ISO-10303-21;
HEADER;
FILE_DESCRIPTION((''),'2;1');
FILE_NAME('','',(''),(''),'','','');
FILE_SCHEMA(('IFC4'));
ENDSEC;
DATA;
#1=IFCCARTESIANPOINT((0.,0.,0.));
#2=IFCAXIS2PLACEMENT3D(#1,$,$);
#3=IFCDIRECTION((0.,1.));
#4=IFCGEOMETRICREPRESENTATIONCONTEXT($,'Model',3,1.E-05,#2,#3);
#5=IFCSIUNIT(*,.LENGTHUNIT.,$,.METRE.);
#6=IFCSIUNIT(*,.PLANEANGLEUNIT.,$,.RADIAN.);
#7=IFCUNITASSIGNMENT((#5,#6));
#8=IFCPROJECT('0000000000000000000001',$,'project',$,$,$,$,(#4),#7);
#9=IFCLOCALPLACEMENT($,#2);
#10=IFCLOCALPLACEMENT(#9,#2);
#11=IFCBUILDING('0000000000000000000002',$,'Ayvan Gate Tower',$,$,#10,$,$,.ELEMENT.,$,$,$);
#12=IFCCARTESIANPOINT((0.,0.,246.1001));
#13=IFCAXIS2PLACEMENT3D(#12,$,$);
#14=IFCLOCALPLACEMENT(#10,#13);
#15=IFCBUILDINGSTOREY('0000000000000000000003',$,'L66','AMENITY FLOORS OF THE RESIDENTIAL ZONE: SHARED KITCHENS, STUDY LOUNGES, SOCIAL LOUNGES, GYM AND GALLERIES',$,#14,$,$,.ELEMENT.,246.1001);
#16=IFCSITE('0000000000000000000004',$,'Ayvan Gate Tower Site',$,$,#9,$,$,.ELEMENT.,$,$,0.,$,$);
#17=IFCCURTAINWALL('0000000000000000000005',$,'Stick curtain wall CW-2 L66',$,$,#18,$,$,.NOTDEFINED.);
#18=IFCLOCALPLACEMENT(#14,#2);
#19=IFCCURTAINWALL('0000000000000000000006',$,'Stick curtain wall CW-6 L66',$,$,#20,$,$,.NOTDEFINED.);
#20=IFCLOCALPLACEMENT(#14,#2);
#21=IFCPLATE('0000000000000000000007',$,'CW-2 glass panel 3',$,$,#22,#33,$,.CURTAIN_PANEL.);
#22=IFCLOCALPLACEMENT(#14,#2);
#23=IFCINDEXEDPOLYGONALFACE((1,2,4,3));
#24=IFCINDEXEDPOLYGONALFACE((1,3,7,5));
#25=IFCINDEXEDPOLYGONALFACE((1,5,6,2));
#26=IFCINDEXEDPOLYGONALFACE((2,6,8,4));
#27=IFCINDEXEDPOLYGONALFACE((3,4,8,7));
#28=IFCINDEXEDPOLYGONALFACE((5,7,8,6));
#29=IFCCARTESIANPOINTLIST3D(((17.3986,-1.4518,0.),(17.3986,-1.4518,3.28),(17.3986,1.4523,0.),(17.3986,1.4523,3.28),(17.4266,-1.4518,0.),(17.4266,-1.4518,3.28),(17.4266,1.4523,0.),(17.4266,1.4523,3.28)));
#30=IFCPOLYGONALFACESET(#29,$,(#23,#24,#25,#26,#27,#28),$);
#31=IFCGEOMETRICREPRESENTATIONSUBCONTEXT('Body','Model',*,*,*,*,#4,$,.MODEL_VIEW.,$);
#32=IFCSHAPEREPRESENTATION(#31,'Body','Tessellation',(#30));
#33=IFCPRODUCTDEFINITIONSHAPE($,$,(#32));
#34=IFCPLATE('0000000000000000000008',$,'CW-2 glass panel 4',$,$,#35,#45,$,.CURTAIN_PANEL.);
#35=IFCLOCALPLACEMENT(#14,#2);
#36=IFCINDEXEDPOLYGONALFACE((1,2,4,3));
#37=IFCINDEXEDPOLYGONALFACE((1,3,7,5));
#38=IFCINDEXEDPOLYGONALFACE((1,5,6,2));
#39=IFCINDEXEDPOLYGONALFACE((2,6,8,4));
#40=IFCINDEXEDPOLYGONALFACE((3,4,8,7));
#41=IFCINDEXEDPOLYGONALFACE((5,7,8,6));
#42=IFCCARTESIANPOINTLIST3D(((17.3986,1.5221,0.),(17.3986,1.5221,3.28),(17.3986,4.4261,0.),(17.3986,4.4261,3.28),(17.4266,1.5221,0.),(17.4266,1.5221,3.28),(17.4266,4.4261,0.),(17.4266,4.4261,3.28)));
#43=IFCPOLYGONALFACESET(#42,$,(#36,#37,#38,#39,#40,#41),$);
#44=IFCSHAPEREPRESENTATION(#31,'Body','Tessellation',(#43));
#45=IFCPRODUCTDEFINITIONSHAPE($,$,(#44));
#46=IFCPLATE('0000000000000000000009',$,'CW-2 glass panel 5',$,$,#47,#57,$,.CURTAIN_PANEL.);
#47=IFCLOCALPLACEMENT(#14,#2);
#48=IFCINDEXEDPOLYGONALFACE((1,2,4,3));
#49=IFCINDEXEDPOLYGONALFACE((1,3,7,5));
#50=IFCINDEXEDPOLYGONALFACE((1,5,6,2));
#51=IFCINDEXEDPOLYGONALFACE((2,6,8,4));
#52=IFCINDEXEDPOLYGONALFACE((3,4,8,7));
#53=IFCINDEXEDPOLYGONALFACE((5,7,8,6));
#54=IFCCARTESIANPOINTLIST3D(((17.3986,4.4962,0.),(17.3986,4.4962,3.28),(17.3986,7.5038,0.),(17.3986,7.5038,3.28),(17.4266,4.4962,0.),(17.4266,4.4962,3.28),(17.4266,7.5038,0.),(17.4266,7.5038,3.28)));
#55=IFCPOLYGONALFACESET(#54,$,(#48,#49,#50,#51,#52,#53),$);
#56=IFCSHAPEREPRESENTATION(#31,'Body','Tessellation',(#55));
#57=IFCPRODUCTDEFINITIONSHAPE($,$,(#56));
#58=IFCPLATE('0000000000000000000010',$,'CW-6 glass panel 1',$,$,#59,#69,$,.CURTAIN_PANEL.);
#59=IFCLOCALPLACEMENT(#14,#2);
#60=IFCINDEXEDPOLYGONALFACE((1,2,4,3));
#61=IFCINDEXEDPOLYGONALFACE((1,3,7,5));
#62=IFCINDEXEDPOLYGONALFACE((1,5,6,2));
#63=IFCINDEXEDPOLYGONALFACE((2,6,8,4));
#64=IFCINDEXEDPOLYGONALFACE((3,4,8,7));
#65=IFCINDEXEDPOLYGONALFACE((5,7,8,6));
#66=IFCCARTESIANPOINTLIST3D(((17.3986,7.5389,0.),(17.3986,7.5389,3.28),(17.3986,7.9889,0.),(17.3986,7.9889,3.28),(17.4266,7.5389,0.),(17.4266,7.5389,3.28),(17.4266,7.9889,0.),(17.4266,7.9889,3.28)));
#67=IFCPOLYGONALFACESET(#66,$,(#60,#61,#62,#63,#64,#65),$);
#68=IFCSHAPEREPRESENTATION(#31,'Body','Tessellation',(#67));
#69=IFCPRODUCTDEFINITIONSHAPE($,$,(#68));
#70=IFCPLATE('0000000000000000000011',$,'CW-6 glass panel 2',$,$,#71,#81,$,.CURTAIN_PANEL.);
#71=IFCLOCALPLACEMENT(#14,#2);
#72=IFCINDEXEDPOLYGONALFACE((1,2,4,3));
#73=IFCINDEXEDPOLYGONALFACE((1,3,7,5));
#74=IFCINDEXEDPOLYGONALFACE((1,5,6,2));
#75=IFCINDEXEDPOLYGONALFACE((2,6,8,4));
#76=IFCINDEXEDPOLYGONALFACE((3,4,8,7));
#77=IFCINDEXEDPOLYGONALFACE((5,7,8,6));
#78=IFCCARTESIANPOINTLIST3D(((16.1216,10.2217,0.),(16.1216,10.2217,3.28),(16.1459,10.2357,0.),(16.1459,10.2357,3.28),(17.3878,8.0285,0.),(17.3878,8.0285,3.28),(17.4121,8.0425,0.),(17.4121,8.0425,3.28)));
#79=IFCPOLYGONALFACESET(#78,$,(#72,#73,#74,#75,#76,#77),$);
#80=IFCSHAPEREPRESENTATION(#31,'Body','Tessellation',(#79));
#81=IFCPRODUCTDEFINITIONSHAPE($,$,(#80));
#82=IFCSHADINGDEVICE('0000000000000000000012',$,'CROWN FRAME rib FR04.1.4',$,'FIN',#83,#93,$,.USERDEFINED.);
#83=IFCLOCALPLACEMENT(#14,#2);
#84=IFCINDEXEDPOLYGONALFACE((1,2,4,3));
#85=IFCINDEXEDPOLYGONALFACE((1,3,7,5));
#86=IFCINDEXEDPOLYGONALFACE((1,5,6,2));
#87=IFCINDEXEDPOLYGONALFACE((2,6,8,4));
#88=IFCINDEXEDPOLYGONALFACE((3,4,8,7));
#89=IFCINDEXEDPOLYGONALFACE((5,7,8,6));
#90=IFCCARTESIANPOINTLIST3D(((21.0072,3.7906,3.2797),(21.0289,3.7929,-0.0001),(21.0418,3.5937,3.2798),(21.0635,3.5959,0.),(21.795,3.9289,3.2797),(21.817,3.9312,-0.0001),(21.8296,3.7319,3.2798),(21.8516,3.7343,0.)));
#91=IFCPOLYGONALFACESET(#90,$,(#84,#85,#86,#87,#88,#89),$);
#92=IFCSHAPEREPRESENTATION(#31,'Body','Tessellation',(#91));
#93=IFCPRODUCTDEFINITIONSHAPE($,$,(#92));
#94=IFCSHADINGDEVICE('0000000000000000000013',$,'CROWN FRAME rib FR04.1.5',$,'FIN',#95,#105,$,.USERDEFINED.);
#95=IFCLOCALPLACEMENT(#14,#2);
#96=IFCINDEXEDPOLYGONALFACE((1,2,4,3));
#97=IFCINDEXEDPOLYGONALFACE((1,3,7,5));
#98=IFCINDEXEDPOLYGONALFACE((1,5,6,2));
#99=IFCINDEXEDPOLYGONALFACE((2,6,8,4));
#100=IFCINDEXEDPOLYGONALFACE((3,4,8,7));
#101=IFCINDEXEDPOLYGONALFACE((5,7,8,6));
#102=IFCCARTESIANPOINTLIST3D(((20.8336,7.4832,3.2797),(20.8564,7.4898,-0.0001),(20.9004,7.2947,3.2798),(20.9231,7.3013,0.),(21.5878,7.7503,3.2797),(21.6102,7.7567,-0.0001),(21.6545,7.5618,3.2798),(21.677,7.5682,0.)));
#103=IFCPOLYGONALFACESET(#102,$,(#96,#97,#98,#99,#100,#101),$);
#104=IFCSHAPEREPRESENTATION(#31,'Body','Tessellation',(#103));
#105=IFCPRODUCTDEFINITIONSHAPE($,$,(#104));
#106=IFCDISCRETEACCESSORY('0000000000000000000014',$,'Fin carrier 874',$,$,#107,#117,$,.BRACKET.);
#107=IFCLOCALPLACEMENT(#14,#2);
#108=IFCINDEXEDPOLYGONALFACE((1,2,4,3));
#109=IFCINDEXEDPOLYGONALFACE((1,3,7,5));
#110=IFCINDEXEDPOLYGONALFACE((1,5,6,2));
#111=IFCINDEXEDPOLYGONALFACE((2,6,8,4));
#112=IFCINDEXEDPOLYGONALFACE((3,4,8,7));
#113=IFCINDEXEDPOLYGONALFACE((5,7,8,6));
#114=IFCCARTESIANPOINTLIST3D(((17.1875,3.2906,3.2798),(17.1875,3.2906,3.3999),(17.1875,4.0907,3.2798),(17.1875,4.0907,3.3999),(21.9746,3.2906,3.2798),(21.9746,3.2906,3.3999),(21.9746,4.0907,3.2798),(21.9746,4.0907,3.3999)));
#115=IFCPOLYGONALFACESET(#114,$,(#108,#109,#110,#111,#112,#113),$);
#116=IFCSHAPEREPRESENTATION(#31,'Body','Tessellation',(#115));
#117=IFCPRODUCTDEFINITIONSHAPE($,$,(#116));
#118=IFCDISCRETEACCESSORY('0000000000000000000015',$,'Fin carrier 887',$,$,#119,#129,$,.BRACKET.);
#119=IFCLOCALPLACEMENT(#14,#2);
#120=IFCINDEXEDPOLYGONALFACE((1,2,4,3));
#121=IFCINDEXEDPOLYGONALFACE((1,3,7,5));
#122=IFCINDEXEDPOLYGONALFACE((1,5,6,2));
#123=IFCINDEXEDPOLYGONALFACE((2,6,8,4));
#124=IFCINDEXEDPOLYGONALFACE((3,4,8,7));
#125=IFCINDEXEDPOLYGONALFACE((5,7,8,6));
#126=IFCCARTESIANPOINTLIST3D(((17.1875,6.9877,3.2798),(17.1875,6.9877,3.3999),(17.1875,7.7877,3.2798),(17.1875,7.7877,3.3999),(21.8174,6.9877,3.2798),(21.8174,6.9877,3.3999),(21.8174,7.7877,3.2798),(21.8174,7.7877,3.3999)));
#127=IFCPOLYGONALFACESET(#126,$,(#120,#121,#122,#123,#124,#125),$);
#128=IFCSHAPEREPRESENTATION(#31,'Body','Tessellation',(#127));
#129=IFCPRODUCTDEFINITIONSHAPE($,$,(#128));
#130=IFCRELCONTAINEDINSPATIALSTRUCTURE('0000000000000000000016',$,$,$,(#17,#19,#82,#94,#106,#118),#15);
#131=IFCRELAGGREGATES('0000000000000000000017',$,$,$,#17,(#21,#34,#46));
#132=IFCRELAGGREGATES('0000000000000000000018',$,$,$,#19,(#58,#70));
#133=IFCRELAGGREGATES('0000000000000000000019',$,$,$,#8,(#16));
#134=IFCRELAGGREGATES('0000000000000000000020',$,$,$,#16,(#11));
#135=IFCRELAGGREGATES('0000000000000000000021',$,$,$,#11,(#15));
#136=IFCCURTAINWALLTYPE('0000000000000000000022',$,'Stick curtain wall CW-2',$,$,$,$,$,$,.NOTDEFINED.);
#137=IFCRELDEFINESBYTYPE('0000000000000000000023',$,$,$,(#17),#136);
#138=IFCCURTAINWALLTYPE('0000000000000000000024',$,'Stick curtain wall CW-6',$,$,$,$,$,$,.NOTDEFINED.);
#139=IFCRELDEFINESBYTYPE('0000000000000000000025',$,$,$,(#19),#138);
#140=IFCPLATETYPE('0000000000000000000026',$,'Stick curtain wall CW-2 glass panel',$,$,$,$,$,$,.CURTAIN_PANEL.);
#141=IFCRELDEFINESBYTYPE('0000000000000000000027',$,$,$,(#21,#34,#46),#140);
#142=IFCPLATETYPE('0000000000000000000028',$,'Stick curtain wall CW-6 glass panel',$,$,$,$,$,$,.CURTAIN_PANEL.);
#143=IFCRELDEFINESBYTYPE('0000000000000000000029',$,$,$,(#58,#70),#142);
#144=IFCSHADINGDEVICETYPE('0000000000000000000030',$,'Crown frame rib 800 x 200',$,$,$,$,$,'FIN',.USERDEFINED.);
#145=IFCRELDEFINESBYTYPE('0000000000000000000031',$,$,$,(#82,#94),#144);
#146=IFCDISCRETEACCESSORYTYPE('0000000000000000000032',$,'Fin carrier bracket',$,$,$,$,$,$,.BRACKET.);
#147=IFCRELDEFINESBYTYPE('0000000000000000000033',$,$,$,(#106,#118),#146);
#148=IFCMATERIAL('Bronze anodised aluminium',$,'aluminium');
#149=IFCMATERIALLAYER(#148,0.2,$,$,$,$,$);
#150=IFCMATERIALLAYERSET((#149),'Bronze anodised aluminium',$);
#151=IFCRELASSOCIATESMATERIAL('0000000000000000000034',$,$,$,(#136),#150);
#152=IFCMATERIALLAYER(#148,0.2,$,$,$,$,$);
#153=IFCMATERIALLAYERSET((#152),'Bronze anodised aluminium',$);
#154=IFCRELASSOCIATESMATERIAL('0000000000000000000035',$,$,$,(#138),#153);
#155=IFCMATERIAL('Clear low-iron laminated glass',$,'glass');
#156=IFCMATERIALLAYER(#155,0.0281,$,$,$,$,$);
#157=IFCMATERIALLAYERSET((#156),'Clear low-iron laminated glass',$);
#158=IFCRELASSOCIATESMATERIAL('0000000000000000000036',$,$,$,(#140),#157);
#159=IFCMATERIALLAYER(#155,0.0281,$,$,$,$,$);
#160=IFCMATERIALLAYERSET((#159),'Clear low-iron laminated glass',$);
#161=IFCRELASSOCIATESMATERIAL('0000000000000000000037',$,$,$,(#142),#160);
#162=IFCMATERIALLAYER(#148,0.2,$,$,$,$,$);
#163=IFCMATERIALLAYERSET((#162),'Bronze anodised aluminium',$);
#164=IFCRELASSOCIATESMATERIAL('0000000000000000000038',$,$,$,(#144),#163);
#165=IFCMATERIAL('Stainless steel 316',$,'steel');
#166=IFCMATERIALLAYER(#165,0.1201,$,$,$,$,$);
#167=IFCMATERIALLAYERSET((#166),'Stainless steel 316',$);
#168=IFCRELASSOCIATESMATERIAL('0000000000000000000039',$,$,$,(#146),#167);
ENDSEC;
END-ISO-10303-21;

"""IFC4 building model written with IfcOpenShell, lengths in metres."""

from ifc_helpers import new_model, si_unit, direction, frame, origin, origin_2d, place, context, subcontext, project, spatial, polyline, rectangle, outline, extrude, material, layer, layer_set, type_object, element, aggregate, save


model = new_model("IFC4")

# Units and contexts
model_context = context("Model", 3, precision=1e-05, world=origin(), true_north=direction((0.0, 1.0)))
body_context = subcontext(model_context, "Body", "Model", "MODEL_VIEW")
ifc_project = project(units=[si_unit("LENGTHUNIT", "METRE"), si_unit("PLANEANGLEUNIT", "RADIAN")], contexts=[model_context])

# Site, building, storey
site_placement = place(None, origin())
site = spatial("IfcSite", under=ifc_project, at=site_placement, Name="Ayvan Gate Tower Site", CompositionType="ELEMENT", RefElevation=0.0)
building_placement = place(site_placement, origin())
building = spatial("IfcBuilding", under=site, at=building_placement, Name="Ayvan Gate Tower", CompositionType="ELEMENT")
storey_placement = place(building_placement, frame((0.0, 0.0, 246.1001)))
storey = spatial("IfcBuildingStorey", under=building, at=storey_placement, Name="L66", Description="AMENITY FLOORS OF THE RESIDENTIAL ZONE: SHARED KITCHENS, STUDY LOUNGES, SOCIAL LOUNGES, GYM AND GALLERIES", CompositionType="ELEMENT", Elevation=246.1001)

# Curtain walls
ifc_material_1 = material(Name="Bronze anodised aluminium", Category="aluminium")
ifc_layer_1 = layer(ifc_material_1, 0.2)
ifc_layer_set_1 = layer_set([ifc_layer_1], Name="Bronze anodised aluminium")
curtain_wall_type_1 = type_object("IfcCurtainWallType", Name="Stick curtain wall CW-2", PredefinedType="NOTDEFINED", material=ifc_layer_set_1)
curtain_wall_1_placement = place(storey_placement, origin())
curtain_wall_1 = element("IfcCurtainWall", 1, at=curtain_wall_1_placement, inside=storey, type_object=curtain_wall_type_1, Name="Stick curtain wall CW-2 L66", PredefinedType="NOTDEFINED")
ifc_layer_2 = layer(ifc_material_1, 0.2)
ifc_layer_set_2 = layer_set([ifc_layer_2], Name="Bronze anodised aluminium")
curtain_wall_type_2 = type_object("IfcCurtainWallType", Name="Stick curtain wall CW-6", PredefinedType="NOTDEFINED", material=ifc_layer_set_2)
curtain_wall_2_placement = place(storey_placement, origin())
curtain_wall_2 = element("IfcCurtainWall", 2, at=curtain_wall_2_placement, inside=storey, type_object=curtain_wall_type_2, Name="Stick curtain wall CW-6 L66", PredefinedType="NOTDEFINED")

# Plates
ifc_material_2 = material(Name="Clear low-iron laminated glass", Category="glass")
ifc_layer_3 = layer(ifc_material_2, 0.0281)
ifc_layer_set_3 = layer_set([ifc_layer_3], Name="Clear low-iron laminated glass")
plate_type_1 = type_object("IfcPlateType", Name="Stick curtain wall CW-2 glass panel", PredefinedType="CURTAIN_PANEL", material=ifc_layer_set_3)
plate_1_placement = place(storey_placement, frame((17.4126, 0.0002, 0.0), z_axis=(0.0, 0.0, 1.0), x_axis=(0.0, 1.0, 0.0)))
plate_1 = element("IfcPlate", 3, at=plate_1_placement, type_object=plate_type_1, Name="CW-2 glass panel 3", PredefinedType="CURTAIN_PANEL", context=body_context, shape_type="SweptSolid", body=[
    extrude(rectangle(XDim=2.9041, YDim=0.0281, at=origin_2d()), origin(), (0.0, 0.0, 1.0), 3.28),
])
plate_2_placement = place(storey_placement, frame((17.4126, 2.9741, 0.0), z_axis=(0.0, 0.0, 1.0), x_axis=(0.0, 1.0, 0.0)))
plate_2 = element("IfcPlate", 4, at=plate_2_placement, type_object=plate_type_1, Name="CW-2 glass panel 4", PredefinedType="CURTAIN_PANEL", context=body_context, shape_type="SweptSolid", body=[
    extrude(rectangle(XDim=2.9041, YDim=0.0281, at=origin_2d()), origin(), (0.0, 0.0, 1.0), 3.28),
])
plate_3_placement = place(storey_placement, frame((17.4126, 6.0, 0.0), z_axis=(0.0, 0.0, 1.0), x_axis=(0.0, 1.0, 0.0)))
plate_3 = element("IfcPlate", 5, at=plate_3_placement, type_object=plate_type_1, Name="CW-2 glass panel 5", PredefinedType="CURTAIN_PANEL", context=body_context, shape_type="SweptSolid", body=[
    extrude(rectangle(XDim=3.0076, YDim=0.0281, at=origin_2d()), origin(), (0.0, 0.0, 1.0), 3.28),
])
aggregate(curtain_wall_1, [plate_1, plate_2, plate_3])
ifc_layer_4 = layer(ifc_material_2, 0.0281)
ifc_layer_set_4 = layer_set([ifc_layer_4], Name="Clear low-iron laminated glass")
plate_type_2 = type_object("IfcPlateType", Name="Stick curtain wall CW-6 glass panel", PredefinedType="CURTAIN_PANEL", material=ifc_layer_set_4)
plate_4_placement = place(storey_placement, frame((17.4126, 7.7639, 0.0), z_axis=(0.0, 0.0, 1.0), x_axis=(0.0, 1.0, 0.0)))
plate_4 = element("IfcPlate", 6, at=plate_4_placement, type_object=plate_type_2, Name="CW-6 glass panel 1", PredefinedType="CURTAIN_PANEL", context=body_context, shape_type="SweptSolid", body=[
    extrude(rectangle(XDim=0.45, YDim=0.0281, at=origin_2d()), origin(), (0.0, 0.0, 1.0), 3.28),
])
plate_5_placement = place(storey_placement, frame((16.7668, 9.1321, 0.0), z_axis=(0.0, 0.0, 1.0), x_axis=(-0.5, 0.866025, 0.0)))
plate_5 = element("IfcPlate", 7, at=plate_5_placement, type_object=plate_type_2, Name="CW-6 glass panel 2", PredefinedType="CURTAIN_PANEL", context=body_context, shape_type="SweptSolid", body=[
    extrude(rectangle(XDim=2.5325, YDim=0.0281, at=origin_2d()), origin(), (0.0, 0.0, 1.0), 3.28),
])
aggregate(curtain_wall_2, [plate_4, plate_5])

# Shading devices
ifc_layer_5 = layer(ifc_material_1, 0.2)
ifc_layer_set_5 = layer_set([ifc_layer_5], Name="Bronze anodised aluminium")
shading_device_type = type_object("IfcShadingDeviceType", Name="Crown frame rib 800 x 200", ElementType="FIN", PredefinedType="USERDEFINED", material=ifc_layer_set_5)
shading_device_1_placement = place(storey_placement, frame((21.0635, 3.5959, 0.0), z_axis=(0.17288, -0.984943, 0.000455), x_axis=(0.984943, 0.17288, 0.0)))
element("IfcShadingDevice", 8, at=shading_device_1_placement, inside=storey, type_object=shading_device_type, Name="CROWN FRAME rib FR04.1.4", ObjectType="FIN", PredefinedType="USERDEFINED", context=body_context, shape_type="SweptSolid", body=[
    extrude(outline(polyline([(0.0, 0.0), (0.8002, 0.0), (0.7781, 3.2798), (-0.0218, 3.2798), (0.0, 0.0)])), origin(), (0.0, 0.0, -1.0), 0.2),
])
shading_device_2_placement = place(storey_placement, frame((20.9231, 7.3013, 0.0), z_axis=(0.333754, -0.94266, 0.000439), x_axis=(0.94266, 0.333754, 0.0)))
element("IfcShadingDevice", 9, at=shading_device_2_placement, inside=storey, type_object=shading_device_type, Name="CROWN FRAME rib FR04.1.5", ObjectType="FIN", PredefinedType="USERDEFINED", context=body_context, shape_type="SweptSolid", body=[
    extrude(outline(polyline([(0.0, 0.0), (0.7997, 0.0), (0.7764, 3.2798), (-0.0236, 3.2798), (0.0, 0.0)])), origin(), (0.0, 0.0, -1.0), 0.2),
])

# Discrete accessories
ifc_material_3 = material(Name="Stainless steel 316", Category="steel")
ifc_layer_6 = layer(ifc_material_3, 0.1201)
ifc_layer_set_6 = layer_set([ifc_layer_6], Name="Stainless steel 316")
discrete_accessory_type = type_object("IfcDiscreteAccessoryType", Name="Fin carrier bracket", PredefinedType="BRACKET", material=ifc_layer_set_6)
discrete_accessory_1_placement = place(storey_placement, frame((19.5811, 3.6907, 3.2798), z_axis=(0.0, 0.0, 1.0), x_axis=(0.0, 1.0, 0.0)))
element("IfcDiscreteAccessory", 10, at=discrete_accessory_1_placement, inside=storey, type_object=discrete_accessory_type, Name="Fin carrier 874", PredefinedType="BRACKET", context=body_context, shape_type="SweptSolid", body=[
    extrude(rectangle(XDim=0.8, YDim=4.7871, at=origin_2d()), origin(), (0.0, 0.0, 1.0), 0.1201),
])
discrete_accessory_2_placement = place(storey_placement, frame((19.5024, 7.3877, 3.2798), z_axis=(0.0, 0.0, 1.0), x_axis=(0.0, 1.0, 0.0)))
element("IfcDiscreteAccessory", 11, at=discrete_accessory_2_placement, inside=storey, type_object=discrete_accessory_type, Name="Fin carrier 887", PredefinedType="BRACKET", context=body_context, shape_type="SweptSolid", body=[
    extrude(rectangle(XDim=0.8, YDim=4.6299, at=origin_2d()), origin(), (0.0, 0.0, 1.0), 0.1201),
])

save(model, "model.ifc")
